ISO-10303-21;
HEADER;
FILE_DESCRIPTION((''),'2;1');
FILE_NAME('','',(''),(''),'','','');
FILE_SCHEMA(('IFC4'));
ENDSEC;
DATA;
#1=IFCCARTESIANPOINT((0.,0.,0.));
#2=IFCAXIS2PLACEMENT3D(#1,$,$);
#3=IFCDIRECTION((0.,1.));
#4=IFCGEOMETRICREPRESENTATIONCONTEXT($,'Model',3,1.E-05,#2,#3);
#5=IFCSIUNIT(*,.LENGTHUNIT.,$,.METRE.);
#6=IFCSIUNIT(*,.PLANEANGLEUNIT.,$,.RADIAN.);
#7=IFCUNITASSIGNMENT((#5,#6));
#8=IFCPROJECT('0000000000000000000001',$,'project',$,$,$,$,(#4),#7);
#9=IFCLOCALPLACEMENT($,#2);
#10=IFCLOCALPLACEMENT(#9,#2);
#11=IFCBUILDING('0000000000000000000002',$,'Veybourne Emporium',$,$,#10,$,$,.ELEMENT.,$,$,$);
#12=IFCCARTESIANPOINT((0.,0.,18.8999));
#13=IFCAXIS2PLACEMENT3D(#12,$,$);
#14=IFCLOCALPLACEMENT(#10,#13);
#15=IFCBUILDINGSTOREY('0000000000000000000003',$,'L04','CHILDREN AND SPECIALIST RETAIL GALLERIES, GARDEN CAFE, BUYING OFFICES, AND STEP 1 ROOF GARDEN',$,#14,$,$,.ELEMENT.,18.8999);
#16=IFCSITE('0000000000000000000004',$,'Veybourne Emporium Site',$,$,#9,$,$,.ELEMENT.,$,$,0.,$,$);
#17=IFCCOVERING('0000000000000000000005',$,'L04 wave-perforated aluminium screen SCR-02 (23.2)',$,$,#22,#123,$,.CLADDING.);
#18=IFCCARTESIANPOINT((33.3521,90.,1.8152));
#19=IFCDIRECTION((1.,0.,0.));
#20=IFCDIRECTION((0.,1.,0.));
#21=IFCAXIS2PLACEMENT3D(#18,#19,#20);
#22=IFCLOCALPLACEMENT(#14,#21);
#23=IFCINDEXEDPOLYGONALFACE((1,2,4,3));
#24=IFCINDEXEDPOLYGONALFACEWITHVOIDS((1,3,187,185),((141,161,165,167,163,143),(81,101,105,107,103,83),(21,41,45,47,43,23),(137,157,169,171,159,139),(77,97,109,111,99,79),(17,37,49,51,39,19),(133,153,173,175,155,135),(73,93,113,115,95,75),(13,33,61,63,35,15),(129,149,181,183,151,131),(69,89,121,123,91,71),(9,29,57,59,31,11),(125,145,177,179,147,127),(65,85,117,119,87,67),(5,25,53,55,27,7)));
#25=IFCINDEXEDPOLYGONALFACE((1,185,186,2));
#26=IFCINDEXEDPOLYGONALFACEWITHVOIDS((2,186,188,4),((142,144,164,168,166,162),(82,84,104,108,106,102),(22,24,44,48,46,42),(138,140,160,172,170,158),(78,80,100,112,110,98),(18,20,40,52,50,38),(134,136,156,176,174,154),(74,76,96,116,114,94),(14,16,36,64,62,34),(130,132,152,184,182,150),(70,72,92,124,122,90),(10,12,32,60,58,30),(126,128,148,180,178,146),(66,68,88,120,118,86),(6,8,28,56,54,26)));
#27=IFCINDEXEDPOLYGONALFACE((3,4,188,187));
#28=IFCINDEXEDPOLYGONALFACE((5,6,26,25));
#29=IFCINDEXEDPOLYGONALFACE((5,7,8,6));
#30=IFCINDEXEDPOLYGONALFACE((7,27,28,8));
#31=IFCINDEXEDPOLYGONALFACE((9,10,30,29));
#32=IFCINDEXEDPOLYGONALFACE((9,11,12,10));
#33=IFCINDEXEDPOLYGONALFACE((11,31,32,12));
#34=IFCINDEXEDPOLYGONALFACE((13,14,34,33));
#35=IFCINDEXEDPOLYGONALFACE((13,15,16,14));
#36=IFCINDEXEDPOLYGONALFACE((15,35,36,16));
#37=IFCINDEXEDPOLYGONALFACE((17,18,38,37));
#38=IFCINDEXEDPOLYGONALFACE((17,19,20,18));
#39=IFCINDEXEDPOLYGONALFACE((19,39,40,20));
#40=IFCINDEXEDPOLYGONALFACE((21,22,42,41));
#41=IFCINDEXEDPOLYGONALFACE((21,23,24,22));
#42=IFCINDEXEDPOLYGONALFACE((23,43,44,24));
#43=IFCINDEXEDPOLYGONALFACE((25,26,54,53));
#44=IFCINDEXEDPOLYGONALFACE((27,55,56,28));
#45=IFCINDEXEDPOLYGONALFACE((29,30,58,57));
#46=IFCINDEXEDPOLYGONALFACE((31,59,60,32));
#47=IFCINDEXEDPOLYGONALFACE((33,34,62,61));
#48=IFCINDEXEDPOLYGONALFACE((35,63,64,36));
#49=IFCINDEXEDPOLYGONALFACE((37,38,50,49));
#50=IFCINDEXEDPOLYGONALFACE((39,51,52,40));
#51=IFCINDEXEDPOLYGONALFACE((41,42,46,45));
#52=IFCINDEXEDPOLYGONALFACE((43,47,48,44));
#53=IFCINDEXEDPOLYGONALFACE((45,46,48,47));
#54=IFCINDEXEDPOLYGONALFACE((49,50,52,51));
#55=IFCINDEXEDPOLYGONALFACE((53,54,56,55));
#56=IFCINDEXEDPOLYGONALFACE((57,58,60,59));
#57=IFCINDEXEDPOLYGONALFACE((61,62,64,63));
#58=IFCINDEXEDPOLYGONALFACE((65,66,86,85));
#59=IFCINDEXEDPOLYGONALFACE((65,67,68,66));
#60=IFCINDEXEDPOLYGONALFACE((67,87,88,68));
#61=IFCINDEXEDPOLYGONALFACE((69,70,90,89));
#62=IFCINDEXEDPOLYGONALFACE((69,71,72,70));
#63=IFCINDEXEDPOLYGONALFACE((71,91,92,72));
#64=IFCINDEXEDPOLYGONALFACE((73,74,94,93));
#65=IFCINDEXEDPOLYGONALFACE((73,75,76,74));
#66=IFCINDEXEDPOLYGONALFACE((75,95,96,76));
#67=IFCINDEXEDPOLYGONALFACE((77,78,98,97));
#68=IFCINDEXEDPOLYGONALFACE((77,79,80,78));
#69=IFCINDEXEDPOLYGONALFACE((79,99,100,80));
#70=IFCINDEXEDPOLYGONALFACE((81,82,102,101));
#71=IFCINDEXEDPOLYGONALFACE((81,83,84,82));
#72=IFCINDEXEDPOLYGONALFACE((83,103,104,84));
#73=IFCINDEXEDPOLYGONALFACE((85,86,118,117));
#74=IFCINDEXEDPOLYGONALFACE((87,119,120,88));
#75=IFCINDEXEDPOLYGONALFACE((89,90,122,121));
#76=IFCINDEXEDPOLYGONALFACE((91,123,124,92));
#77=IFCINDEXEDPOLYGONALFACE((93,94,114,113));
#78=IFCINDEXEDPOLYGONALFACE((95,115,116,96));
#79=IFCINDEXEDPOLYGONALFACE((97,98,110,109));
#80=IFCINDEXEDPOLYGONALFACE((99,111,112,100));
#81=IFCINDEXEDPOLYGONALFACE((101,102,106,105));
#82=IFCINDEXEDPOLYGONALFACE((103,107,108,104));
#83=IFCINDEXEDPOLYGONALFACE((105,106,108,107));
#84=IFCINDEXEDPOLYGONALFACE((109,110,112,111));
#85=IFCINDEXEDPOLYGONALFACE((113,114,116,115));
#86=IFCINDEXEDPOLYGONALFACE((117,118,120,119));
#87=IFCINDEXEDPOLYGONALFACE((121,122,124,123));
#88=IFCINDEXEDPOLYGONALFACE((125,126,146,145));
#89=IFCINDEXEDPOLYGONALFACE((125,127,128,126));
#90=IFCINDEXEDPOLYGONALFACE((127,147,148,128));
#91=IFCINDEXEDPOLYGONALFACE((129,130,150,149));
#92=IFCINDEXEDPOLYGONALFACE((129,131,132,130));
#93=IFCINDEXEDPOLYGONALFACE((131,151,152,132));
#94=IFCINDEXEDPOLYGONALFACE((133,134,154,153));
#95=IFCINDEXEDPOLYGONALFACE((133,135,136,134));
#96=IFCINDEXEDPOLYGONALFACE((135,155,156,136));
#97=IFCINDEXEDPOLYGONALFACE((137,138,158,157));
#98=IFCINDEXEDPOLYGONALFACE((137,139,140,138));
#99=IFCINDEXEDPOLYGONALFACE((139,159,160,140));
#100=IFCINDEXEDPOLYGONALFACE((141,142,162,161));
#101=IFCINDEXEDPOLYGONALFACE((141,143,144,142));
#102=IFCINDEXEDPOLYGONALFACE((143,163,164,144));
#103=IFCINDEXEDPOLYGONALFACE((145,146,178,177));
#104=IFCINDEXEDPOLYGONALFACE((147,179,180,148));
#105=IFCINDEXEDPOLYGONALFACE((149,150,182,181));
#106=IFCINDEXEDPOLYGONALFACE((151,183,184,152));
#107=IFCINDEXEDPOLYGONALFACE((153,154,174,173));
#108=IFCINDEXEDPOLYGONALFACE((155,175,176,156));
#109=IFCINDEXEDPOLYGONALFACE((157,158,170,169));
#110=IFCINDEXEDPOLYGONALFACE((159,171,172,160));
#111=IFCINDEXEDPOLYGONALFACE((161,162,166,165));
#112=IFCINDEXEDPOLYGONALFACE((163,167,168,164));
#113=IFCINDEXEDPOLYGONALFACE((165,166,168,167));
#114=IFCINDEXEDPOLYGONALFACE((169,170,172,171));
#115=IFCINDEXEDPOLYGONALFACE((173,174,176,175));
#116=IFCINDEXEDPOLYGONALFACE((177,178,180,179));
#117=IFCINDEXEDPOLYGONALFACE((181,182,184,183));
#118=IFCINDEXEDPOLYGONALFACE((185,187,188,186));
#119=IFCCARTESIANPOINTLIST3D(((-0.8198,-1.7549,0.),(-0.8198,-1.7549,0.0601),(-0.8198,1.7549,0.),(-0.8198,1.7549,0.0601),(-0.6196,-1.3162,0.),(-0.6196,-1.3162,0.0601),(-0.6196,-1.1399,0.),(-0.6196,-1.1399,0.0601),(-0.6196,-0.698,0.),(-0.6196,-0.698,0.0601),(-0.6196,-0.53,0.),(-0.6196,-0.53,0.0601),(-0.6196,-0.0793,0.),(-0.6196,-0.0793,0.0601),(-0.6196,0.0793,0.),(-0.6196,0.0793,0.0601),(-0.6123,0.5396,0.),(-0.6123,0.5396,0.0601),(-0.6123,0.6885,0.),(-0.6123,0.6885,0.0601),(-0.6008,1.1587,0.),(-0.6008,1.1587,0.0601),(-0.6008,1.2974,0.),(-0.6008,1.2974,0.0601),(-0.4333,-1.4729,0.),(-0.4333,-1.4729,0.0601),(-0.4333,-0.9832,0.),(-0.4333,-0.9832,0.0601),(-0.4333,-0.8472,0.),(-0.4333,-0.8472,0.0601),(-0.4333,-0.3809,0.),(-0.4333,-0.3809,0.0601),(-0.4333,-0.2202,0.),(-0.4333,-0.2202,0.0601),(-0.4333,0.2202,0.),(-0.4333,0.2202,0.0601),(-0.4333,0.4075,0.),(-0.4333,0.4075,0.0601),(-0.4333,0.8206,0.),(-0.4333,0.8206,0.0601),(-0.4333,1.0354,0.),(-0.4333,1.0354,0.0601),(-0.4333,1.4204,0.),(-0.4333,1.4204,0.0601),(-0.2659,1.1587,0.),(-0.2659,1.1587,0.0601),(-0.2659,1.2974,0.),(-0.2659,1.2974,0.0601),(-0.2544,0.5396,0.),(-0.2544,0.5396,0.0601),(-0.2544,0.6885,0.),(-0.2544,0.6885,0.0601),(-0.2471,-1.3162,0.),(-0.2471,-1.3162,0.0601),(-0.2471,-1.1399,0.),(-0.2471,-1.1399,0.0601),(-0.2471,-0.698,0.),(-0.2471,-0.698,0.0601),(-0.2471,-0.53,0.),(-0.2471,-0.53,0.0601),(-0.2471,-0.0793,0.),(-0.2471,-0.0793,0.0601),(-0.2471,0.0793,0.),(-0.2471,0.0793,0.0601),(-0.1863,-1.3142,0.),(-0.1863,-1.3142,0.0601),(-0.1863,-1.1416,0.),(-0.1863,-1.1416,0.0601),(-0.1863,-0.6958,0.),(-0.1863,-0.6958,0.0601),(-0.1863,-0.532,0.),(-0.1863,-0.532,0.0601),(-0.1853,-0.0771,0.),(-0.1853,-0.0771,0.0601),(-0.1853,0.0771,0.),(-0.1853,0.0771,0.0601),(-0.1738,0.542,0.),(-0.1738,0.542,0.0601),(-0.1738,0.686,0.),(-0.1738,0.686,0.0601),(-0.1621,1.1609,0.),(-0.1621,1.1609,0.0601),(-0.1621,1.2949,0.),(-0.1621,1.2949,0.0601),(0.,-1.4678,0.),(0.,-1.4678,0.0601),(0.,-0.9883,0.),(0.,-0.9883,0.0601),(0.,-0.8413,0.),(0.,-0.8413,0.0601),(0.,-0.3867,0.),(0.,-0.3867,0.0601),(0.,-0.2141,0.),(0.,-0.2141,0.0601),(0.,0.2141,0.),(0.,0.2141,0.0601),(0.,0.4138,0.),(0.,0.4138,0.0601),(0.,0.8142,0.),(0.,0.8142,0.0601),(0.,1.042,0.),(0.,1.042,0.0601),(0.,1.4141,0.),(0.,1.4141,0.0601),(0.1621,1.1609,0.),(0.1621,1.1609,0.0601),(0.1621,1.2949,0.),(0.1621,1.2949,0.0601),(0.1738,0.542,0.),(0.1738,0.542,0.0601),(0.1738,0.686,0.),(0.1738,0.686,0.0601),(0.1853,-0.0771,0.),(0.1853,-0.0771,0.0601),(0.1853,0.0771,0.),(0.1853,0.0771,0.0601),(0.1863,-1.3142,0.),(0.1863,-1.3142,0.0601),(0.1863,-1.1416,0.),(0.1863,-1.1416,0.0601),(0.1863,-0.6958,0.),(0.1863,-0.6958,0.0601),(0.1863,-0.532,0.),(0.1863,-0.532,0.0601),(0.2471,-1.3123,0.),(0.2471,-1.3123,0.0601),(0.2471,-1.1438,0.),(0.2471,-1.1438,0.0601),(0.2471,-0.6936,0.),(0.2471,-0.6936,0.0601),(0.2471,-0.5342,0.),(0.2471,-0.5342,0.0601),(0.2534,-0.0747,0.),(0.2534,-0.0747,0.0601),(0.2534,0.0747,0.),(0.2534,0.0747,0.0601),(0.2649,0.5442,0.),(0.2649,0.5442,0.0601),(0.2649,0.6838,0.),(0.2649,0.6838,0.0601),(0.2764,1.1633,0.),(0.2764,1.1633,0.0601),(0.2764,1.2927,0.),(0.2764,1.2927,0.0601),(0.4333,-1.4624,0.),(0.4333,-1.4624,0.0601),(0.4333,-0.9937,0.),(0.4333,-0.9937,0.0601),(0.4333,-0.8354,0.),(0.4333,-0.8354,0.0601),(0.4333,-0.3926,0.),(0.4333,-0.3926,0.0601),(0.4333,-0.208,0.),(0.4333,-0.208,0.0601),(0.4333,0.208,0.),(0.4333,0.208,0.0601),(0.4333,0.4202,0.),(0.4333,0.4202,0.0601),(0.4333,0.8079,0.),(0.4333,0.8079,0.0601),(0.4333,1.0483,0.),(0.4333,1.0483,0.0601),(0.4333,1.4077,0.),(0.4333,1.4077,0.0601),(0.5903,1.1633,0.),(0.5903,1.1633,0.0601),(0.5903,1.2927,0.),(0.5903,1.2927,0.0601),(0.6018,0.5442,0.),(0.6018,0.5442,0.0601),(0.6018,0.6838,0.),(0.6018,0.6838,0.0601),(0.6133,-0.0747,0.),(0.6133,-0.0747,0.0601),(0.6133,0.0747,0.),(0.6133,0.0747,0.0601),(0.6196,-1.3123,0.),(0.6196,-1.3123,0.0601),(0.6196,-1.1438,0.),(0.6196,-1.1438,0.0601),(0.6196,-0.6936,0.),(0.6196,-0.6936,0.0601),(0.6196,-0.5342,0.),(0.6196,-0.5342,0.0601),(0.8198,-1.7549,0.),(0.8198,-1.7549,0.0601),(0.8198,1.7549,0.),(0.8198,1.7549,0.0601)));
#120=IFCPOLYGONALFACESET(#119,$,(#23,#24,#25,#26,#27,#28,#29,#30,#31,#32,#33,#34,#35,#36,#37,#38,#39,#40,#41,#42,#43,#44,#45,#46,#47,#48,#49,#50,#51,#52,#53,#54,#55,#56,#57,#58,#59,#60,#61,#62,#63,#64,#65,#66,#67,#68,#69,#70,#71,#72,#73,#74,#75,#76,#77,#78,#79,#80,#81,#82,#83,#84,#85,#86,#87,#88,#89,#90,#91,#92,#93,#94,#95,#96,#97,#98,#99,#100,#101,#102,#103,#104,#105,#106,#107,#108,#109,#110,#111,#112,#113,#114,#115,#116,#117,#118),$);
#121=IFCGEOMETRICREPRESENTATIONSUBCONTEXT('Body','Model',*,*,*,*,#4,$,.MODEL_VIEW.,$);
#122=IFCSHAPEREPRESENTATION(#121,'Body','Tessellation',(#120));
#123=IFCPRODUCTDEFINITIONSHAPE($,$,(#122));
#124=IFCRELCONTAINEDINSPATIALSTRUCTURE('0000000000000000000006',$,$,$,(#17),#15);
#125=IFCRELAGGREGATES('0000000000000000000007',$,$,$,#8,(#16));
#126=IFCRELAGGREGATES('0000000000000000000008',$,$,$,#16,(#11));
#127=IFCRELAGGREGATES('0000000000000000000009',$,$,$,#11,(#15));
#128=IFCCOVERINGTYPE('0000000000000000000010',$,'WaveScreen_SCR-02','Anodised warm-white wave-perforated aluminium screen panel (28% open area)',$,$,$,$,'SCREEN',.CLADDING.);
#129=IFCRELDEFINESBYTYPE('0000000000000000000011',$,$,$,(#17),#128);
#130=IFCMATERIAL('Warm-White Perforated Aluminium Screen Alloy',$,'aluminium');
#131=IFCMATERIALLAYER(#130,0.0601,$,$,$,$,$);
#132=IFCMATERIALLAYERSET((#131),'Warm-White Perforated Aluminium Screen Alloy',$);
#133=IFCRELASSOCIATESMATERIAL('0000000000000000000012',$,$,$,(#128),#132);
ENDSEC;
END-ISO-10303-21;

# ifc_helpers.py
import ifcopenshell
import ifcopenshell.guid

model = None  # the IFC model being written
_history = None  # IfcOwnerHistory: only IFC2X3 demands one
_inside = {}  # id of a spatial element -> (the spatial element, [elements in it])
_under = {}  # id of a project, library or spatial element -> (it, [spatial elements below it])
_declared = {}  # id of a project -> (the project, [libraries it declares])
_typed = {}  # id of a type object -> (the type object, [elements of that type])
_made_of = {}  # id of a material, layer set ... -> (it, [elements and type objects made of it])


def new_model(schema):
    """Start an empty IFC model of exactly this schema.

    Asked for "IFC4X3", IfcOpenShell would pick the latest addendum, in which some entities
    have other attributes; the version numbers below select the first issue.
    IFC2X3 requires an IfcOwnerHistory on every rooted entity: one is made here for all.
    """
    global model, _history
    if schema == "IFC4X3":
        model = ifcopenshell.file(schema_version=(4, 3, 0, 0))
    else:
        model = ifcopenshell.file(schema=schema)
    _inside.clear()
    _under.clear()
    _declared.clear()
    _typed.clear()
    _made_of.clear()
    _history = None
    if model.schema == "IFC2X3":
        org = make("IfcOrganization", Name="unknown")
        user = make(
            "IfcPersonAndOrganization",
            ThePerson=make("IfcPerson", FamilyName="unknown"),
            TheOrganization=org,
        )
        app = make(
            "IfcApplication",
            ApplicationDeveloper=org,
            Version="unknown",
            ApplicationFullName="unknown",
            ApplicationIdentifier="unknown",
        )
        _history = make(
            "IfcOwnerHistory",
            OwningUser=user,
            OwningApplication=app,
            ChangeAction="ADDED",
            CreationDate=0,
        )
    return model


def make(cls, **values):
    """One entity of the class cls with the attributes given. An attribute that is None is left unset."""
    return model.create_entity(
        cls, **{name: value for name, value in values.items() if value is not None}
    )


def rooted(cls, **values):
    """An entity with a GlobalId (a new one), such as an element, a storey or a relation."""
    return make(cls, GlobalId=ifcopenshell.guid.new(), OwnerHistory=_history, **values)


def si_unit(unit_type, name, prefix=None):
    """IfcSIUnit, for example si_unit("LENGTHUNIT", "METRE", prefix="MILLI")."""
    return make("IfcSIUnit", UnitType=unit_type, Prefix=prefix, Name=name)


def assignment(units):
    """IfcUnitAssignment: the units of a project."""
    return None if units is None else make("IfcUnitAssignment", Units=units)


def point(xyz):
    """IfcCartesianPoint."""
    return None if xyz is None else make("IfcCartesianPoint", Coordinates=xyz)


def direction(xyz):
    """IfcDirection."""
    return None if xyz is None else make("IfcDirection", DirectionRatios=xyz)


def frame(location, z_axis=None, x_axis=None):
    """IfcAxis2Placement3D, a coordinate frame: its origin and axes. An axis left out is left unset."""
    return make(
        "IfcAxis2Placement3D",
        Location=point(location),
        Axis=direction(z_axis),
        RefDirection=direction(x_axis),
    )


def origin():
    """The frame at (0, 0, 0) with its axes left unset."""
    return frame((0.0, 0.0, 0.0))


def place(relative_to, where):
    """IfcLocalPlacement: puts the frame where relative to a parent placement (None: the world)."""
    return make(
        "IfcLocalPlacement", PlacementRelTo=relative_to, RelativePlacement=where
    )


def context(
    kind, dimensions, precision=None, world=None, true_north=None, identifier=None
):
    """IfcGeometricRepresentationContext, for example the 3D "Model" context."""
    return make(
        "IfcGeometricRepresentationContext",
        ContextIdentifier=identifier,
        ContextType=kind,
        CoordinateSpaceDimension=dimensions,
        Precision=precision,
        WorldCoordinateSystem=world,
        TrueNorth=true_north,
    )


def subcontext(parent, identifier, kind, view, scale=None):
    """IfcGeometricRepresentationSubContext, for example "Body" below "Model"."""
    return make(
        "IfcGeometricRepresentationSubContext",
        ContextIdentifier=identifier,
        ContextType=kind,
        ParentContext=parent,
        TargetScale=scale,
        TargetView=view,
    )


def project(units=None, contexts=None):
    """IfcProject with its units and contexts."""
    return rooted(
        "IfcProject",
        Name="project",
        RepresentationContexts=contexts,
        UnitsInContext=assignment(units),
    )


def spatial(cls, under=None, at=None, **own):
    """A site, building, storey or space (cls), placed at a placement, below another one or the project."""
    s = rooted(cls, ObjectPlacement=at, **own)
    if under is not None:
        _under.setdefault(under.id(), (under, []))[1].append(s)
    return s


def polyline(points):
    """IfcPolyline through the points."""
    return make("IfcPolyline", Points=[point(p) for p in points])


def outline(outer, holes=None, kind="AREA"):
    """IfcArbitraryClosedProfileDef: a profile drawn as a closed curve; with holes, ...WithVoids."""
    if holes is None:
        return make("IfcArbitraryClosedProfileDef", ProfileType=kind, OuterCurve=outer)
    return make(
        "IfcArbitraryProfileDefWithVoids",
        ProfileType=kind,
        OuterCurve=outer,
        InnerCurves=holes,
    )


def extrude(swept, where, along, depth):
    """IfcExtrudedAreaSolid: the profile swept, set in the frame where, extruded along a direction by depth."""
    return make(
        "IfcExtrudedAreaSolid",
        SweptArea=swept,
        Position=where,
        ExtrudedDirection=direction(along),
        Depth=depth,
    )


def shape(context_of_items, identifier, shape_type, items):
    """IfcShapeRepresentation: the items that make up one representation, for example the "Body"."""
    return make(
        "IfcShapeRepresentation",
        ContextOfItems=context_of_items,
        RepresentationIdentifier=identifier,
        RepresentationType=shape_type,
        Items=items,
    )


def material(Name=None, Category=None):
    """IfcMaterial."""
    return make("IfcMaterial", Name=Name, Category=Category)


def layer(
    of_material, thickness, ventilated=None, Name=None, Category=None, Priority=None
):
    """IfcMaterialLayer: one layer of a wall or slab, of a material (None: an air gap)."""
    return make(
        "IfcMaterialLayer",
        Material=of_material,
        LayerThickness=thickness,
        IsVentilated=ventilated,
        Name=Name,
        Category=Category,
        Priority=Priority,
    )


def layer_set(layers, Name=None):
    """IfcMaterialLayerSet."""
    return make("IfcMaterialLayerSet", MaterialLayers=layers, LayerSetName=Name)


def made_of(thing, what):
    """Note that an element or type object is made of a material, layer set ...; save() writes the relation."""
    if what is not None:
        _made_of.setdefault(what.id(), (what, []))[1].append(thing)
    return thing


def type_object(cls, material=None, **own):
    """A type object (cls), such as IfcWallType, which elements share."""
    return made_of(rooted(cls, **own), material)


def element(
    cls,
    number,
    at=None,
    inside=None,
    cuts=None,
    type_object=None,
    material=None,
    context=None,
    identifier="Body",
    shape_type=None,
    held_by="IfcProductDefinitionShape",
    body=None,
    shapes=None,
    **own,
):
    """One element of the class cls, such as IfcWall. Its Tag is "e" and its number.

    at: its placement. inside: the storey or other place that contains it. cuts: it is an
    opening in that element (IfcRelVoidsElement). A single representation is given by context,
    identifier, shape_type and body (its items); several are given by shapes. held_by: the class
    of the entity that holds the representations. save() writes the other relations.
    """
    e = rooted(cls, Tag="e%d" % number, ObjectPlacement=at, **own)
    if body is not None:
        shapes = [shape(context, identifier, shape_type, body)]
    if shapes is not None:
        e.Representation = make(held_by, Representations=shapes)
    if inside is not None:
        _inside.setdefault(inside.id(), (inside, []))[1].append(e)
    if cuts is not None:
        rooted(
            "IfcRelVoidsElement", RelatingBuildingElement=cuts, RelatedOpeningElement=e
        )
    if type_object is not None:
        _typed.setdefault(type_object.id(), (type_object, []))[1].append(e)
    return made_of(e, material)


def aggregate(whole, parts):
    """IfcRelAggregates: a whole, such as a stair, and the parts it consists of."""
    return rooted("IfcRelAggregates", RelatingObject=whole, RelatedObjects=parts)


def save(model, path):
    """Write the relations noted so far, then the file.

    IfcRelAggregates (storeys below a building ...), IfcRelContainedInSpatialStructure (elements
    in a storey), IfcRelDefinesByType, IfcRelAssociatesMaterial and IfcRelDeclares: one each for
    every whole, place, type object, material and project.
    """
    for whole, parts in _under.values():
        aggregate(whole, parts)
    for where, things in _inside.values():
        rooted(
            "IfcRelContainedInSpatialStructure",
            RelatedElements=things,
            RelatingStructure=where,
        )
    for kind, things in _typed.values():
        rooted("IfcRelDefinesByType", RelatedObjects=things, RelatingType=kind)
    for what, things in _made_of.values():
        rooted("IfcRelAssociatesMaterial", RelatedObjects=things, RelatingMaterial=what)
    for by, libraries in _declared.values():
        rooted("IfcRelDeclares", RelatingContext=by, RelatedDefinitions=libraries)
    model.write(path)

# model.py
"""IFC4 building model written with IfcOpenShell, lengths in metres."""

from ifc_helpers import new_model, si_unit, direction, frame, origin, place, context, subcontext, project, spatial, polyline, outline, extrude, material, layer, layer_set, type_object, element, save


model = new_model("IFC4")

# Units and contexts
model_context = context("Model", 3, precision=1e-05, world=origin(), true_north=direction((0.0, 1.0)))
body_context = subcontext(model_context, "Body", "Model", "MODEL_VIEW")
ifc_project = project(units=[si_unit("LENGTHUNIT", "METRE"), si_unit("PLANEANGLEUNIT", "RADIAN")], contexts=[model_context])

# Site, building, storey
site_placement = place(None, origin())
site = spatial("IfcSite", under=ifc_project, at=site_placement, Name="Veybourne Emporium Site", CompositionType="ELEMENT", RefElevation=0.0)
building_placement = place(site_placement, origin())
building = spatial("IfcBuilding", under=site, at=building_placement, Name="Veybourne Emporium", CompositionType="ELEMENT")
storey_placement = place(building_placement, frame((0.0, 0.0, 18.8999)))
storey = spatial("IfcBuildingStorey", under=building, at=storey_placement, Name="L04", Description="CHILDREN AND SPECIALIST RETAIL GALLERIES, GARDEN CAFE, BUYING OFFICES, AND STEP 1 ROOF GARDEN", CompositionType="ELEMENT", Elevation=18.8999)

# Covering
ifc_material_1 = material(Name="Warm-White Perforated Aluminium Screen Alloy", Category="aluminium")
ifc_layer_1 = layer(ifc_material_1, 0.0601)
ifc_layer_set_1 = layer_set([ifc_layer_1], Name="Warm-White Perforated Aluminium Screen Alloy")
covering_type_1 = type_object("IfcCoveringType", Name="WaveScreen_SCR-02", Description="Anodised warm-white wave-perforated aluminium screen panel (28% open area)", ElementType="SCREEN", PredefinedType="CLADDING", material=ifc_layer_set_1)
covering_1_placement = place(storey_placement, frame((33.3521, 90.0, 1.8152), z_axis=(1.0, 0.0, 0.0), x_axis=(0.0, 1.0, 0.0)))
element("IfcCovering", 1, at=covering_1_placement, inside=storey, type_object=covering_type_1, Name="L04 wave-perforated aluminium screen SCR-02 (23.2)", PredefinedType="CLADDING", context=body_context, shape_type="SweptSolid", body=[
    extrude(outline(polyline([(-0.8198, -1.7549), (0.8198, -1.7549), (0.8198, 1.7549), (-0.8198, 1.7549), (-0.8198, -1.7549)]), holes=[polyline([(-0.4333, -0.9832), (-0.2471, -1.1399), (-0.2471, -1.3162), (-0.4333, -1.4729), (-0.6196, -1.3162), (-0.6196, -1.1399), (-0.4333, -0.9832)]), polyline([(-0.4333, -0.3809), (-0.2471, -0.53), (-0.2471, -0.698), (-0.4333, -0.8472), (-0.6196, -0.698), (-0.6196, -0.53), (-0.4333, -0.3809)]), polyline([(-0.4333, 0.2202), (-0.2471, 0.0793), (-0.2471, -0.0793), (-0.4333, -0.2202), (-0.6196, -0.0793), (-0.6196, 0.0793), (-0.4333, 0.2202)]), polyline([(-0.4333, 0.8206), (-0.2544, 0.6885), (-0.2544, 0.5396), (-0.4333, 0.4075), (-0.6123, 0.5396), (-0.6123, 0.6885), (-0.4333, 0.8206)]), polyline([(-0.4333, 1.4204), (-0.2659, 1.2974), (-0.2659, 1.1587), (-0.4333, 1.0354), (-0.6008, 1.1587), (-0.6008, 1.2974), (-0.4333, 1.4204)]), polyline([(0.0, -0.9883), (0.1863, -1.1416), (0.1863, -1.3142), (0.0, -1.4678), (-0.1863, -1.3142), (-0.1863, -1.1416), (0.0, -0.9883)]), polyline([(0.0, -0.3867), (0.1863, -0.532), (0.1863, -0.6958), (0.0, -0.8413), (-0.1863, -0.6958), (-0.1863, -0.532), (0.0, -0.3867)]), polyline([(0.0, 0.2141), (0.1853, 0.0771), (0.1853, -0.0771), (0.0, -0.2141), (-0.1853, -0.0771), (-0.1853, 0.0771), (0.0, 0.2141)]), polyline([(0.0, 0.8142), (0.1738, 0.686), (0.1738, 0.542), (0.0, 0.4138), (-0.1738, 0.542), (-0.1738, 0.686), (0.0, 0.8142)]), polyline([(0.0, 1.4141), (0.1621, 1.2949), (0.1621, 1.1609), (0.0, 1.042), (-0.1621, 1.1609), (-0.1621, 1.2949), (0.0, 1.4141)]), polyline([(0.4333, -0.9937), (0.6196, -1.1438), (0.6196, -1.3123), (0.4333, -1.4624), (0.2471, -1.3123), (0.2471, -1.1438), (0.4333, -0.9937)]), polyline([(0.4333, -0.3926), (0.6196, -0.5342), (0.6196, -0.6936), (0.4333, -0.8354), (0.2471, -0.6936), (0.2471, -0.5342), (0.4333, -0.3926)]), polyline([(0.4333, 0.208), (0.6133, 0.0747), (0.6133, -0.0747), (0.4333, -0.208), (0.2534, -0.0747), (0.2534, 0.0747), (0.4333, 0.208)]), polyline([(0.4333, 0.8079), (0.6018, 0.6838), (0.6018, 0.5442), (0.4333, 0.4202), (0.2649, 0.5442), (0.2649, 0.6838), (0.4333, 0.8079)]), polyline([(0.4333, 1.4077), (0.5903, 1.2927), (0.5903, 1.1633), (0.4333, 1.0483), (0.2764, 1.1633), (0.2764, 1.2927), (0.4333, 1.4077)])]), origin(), (0.0, 0.0, 1.0), 0.0601),
])

save(model, "model.ifc")
